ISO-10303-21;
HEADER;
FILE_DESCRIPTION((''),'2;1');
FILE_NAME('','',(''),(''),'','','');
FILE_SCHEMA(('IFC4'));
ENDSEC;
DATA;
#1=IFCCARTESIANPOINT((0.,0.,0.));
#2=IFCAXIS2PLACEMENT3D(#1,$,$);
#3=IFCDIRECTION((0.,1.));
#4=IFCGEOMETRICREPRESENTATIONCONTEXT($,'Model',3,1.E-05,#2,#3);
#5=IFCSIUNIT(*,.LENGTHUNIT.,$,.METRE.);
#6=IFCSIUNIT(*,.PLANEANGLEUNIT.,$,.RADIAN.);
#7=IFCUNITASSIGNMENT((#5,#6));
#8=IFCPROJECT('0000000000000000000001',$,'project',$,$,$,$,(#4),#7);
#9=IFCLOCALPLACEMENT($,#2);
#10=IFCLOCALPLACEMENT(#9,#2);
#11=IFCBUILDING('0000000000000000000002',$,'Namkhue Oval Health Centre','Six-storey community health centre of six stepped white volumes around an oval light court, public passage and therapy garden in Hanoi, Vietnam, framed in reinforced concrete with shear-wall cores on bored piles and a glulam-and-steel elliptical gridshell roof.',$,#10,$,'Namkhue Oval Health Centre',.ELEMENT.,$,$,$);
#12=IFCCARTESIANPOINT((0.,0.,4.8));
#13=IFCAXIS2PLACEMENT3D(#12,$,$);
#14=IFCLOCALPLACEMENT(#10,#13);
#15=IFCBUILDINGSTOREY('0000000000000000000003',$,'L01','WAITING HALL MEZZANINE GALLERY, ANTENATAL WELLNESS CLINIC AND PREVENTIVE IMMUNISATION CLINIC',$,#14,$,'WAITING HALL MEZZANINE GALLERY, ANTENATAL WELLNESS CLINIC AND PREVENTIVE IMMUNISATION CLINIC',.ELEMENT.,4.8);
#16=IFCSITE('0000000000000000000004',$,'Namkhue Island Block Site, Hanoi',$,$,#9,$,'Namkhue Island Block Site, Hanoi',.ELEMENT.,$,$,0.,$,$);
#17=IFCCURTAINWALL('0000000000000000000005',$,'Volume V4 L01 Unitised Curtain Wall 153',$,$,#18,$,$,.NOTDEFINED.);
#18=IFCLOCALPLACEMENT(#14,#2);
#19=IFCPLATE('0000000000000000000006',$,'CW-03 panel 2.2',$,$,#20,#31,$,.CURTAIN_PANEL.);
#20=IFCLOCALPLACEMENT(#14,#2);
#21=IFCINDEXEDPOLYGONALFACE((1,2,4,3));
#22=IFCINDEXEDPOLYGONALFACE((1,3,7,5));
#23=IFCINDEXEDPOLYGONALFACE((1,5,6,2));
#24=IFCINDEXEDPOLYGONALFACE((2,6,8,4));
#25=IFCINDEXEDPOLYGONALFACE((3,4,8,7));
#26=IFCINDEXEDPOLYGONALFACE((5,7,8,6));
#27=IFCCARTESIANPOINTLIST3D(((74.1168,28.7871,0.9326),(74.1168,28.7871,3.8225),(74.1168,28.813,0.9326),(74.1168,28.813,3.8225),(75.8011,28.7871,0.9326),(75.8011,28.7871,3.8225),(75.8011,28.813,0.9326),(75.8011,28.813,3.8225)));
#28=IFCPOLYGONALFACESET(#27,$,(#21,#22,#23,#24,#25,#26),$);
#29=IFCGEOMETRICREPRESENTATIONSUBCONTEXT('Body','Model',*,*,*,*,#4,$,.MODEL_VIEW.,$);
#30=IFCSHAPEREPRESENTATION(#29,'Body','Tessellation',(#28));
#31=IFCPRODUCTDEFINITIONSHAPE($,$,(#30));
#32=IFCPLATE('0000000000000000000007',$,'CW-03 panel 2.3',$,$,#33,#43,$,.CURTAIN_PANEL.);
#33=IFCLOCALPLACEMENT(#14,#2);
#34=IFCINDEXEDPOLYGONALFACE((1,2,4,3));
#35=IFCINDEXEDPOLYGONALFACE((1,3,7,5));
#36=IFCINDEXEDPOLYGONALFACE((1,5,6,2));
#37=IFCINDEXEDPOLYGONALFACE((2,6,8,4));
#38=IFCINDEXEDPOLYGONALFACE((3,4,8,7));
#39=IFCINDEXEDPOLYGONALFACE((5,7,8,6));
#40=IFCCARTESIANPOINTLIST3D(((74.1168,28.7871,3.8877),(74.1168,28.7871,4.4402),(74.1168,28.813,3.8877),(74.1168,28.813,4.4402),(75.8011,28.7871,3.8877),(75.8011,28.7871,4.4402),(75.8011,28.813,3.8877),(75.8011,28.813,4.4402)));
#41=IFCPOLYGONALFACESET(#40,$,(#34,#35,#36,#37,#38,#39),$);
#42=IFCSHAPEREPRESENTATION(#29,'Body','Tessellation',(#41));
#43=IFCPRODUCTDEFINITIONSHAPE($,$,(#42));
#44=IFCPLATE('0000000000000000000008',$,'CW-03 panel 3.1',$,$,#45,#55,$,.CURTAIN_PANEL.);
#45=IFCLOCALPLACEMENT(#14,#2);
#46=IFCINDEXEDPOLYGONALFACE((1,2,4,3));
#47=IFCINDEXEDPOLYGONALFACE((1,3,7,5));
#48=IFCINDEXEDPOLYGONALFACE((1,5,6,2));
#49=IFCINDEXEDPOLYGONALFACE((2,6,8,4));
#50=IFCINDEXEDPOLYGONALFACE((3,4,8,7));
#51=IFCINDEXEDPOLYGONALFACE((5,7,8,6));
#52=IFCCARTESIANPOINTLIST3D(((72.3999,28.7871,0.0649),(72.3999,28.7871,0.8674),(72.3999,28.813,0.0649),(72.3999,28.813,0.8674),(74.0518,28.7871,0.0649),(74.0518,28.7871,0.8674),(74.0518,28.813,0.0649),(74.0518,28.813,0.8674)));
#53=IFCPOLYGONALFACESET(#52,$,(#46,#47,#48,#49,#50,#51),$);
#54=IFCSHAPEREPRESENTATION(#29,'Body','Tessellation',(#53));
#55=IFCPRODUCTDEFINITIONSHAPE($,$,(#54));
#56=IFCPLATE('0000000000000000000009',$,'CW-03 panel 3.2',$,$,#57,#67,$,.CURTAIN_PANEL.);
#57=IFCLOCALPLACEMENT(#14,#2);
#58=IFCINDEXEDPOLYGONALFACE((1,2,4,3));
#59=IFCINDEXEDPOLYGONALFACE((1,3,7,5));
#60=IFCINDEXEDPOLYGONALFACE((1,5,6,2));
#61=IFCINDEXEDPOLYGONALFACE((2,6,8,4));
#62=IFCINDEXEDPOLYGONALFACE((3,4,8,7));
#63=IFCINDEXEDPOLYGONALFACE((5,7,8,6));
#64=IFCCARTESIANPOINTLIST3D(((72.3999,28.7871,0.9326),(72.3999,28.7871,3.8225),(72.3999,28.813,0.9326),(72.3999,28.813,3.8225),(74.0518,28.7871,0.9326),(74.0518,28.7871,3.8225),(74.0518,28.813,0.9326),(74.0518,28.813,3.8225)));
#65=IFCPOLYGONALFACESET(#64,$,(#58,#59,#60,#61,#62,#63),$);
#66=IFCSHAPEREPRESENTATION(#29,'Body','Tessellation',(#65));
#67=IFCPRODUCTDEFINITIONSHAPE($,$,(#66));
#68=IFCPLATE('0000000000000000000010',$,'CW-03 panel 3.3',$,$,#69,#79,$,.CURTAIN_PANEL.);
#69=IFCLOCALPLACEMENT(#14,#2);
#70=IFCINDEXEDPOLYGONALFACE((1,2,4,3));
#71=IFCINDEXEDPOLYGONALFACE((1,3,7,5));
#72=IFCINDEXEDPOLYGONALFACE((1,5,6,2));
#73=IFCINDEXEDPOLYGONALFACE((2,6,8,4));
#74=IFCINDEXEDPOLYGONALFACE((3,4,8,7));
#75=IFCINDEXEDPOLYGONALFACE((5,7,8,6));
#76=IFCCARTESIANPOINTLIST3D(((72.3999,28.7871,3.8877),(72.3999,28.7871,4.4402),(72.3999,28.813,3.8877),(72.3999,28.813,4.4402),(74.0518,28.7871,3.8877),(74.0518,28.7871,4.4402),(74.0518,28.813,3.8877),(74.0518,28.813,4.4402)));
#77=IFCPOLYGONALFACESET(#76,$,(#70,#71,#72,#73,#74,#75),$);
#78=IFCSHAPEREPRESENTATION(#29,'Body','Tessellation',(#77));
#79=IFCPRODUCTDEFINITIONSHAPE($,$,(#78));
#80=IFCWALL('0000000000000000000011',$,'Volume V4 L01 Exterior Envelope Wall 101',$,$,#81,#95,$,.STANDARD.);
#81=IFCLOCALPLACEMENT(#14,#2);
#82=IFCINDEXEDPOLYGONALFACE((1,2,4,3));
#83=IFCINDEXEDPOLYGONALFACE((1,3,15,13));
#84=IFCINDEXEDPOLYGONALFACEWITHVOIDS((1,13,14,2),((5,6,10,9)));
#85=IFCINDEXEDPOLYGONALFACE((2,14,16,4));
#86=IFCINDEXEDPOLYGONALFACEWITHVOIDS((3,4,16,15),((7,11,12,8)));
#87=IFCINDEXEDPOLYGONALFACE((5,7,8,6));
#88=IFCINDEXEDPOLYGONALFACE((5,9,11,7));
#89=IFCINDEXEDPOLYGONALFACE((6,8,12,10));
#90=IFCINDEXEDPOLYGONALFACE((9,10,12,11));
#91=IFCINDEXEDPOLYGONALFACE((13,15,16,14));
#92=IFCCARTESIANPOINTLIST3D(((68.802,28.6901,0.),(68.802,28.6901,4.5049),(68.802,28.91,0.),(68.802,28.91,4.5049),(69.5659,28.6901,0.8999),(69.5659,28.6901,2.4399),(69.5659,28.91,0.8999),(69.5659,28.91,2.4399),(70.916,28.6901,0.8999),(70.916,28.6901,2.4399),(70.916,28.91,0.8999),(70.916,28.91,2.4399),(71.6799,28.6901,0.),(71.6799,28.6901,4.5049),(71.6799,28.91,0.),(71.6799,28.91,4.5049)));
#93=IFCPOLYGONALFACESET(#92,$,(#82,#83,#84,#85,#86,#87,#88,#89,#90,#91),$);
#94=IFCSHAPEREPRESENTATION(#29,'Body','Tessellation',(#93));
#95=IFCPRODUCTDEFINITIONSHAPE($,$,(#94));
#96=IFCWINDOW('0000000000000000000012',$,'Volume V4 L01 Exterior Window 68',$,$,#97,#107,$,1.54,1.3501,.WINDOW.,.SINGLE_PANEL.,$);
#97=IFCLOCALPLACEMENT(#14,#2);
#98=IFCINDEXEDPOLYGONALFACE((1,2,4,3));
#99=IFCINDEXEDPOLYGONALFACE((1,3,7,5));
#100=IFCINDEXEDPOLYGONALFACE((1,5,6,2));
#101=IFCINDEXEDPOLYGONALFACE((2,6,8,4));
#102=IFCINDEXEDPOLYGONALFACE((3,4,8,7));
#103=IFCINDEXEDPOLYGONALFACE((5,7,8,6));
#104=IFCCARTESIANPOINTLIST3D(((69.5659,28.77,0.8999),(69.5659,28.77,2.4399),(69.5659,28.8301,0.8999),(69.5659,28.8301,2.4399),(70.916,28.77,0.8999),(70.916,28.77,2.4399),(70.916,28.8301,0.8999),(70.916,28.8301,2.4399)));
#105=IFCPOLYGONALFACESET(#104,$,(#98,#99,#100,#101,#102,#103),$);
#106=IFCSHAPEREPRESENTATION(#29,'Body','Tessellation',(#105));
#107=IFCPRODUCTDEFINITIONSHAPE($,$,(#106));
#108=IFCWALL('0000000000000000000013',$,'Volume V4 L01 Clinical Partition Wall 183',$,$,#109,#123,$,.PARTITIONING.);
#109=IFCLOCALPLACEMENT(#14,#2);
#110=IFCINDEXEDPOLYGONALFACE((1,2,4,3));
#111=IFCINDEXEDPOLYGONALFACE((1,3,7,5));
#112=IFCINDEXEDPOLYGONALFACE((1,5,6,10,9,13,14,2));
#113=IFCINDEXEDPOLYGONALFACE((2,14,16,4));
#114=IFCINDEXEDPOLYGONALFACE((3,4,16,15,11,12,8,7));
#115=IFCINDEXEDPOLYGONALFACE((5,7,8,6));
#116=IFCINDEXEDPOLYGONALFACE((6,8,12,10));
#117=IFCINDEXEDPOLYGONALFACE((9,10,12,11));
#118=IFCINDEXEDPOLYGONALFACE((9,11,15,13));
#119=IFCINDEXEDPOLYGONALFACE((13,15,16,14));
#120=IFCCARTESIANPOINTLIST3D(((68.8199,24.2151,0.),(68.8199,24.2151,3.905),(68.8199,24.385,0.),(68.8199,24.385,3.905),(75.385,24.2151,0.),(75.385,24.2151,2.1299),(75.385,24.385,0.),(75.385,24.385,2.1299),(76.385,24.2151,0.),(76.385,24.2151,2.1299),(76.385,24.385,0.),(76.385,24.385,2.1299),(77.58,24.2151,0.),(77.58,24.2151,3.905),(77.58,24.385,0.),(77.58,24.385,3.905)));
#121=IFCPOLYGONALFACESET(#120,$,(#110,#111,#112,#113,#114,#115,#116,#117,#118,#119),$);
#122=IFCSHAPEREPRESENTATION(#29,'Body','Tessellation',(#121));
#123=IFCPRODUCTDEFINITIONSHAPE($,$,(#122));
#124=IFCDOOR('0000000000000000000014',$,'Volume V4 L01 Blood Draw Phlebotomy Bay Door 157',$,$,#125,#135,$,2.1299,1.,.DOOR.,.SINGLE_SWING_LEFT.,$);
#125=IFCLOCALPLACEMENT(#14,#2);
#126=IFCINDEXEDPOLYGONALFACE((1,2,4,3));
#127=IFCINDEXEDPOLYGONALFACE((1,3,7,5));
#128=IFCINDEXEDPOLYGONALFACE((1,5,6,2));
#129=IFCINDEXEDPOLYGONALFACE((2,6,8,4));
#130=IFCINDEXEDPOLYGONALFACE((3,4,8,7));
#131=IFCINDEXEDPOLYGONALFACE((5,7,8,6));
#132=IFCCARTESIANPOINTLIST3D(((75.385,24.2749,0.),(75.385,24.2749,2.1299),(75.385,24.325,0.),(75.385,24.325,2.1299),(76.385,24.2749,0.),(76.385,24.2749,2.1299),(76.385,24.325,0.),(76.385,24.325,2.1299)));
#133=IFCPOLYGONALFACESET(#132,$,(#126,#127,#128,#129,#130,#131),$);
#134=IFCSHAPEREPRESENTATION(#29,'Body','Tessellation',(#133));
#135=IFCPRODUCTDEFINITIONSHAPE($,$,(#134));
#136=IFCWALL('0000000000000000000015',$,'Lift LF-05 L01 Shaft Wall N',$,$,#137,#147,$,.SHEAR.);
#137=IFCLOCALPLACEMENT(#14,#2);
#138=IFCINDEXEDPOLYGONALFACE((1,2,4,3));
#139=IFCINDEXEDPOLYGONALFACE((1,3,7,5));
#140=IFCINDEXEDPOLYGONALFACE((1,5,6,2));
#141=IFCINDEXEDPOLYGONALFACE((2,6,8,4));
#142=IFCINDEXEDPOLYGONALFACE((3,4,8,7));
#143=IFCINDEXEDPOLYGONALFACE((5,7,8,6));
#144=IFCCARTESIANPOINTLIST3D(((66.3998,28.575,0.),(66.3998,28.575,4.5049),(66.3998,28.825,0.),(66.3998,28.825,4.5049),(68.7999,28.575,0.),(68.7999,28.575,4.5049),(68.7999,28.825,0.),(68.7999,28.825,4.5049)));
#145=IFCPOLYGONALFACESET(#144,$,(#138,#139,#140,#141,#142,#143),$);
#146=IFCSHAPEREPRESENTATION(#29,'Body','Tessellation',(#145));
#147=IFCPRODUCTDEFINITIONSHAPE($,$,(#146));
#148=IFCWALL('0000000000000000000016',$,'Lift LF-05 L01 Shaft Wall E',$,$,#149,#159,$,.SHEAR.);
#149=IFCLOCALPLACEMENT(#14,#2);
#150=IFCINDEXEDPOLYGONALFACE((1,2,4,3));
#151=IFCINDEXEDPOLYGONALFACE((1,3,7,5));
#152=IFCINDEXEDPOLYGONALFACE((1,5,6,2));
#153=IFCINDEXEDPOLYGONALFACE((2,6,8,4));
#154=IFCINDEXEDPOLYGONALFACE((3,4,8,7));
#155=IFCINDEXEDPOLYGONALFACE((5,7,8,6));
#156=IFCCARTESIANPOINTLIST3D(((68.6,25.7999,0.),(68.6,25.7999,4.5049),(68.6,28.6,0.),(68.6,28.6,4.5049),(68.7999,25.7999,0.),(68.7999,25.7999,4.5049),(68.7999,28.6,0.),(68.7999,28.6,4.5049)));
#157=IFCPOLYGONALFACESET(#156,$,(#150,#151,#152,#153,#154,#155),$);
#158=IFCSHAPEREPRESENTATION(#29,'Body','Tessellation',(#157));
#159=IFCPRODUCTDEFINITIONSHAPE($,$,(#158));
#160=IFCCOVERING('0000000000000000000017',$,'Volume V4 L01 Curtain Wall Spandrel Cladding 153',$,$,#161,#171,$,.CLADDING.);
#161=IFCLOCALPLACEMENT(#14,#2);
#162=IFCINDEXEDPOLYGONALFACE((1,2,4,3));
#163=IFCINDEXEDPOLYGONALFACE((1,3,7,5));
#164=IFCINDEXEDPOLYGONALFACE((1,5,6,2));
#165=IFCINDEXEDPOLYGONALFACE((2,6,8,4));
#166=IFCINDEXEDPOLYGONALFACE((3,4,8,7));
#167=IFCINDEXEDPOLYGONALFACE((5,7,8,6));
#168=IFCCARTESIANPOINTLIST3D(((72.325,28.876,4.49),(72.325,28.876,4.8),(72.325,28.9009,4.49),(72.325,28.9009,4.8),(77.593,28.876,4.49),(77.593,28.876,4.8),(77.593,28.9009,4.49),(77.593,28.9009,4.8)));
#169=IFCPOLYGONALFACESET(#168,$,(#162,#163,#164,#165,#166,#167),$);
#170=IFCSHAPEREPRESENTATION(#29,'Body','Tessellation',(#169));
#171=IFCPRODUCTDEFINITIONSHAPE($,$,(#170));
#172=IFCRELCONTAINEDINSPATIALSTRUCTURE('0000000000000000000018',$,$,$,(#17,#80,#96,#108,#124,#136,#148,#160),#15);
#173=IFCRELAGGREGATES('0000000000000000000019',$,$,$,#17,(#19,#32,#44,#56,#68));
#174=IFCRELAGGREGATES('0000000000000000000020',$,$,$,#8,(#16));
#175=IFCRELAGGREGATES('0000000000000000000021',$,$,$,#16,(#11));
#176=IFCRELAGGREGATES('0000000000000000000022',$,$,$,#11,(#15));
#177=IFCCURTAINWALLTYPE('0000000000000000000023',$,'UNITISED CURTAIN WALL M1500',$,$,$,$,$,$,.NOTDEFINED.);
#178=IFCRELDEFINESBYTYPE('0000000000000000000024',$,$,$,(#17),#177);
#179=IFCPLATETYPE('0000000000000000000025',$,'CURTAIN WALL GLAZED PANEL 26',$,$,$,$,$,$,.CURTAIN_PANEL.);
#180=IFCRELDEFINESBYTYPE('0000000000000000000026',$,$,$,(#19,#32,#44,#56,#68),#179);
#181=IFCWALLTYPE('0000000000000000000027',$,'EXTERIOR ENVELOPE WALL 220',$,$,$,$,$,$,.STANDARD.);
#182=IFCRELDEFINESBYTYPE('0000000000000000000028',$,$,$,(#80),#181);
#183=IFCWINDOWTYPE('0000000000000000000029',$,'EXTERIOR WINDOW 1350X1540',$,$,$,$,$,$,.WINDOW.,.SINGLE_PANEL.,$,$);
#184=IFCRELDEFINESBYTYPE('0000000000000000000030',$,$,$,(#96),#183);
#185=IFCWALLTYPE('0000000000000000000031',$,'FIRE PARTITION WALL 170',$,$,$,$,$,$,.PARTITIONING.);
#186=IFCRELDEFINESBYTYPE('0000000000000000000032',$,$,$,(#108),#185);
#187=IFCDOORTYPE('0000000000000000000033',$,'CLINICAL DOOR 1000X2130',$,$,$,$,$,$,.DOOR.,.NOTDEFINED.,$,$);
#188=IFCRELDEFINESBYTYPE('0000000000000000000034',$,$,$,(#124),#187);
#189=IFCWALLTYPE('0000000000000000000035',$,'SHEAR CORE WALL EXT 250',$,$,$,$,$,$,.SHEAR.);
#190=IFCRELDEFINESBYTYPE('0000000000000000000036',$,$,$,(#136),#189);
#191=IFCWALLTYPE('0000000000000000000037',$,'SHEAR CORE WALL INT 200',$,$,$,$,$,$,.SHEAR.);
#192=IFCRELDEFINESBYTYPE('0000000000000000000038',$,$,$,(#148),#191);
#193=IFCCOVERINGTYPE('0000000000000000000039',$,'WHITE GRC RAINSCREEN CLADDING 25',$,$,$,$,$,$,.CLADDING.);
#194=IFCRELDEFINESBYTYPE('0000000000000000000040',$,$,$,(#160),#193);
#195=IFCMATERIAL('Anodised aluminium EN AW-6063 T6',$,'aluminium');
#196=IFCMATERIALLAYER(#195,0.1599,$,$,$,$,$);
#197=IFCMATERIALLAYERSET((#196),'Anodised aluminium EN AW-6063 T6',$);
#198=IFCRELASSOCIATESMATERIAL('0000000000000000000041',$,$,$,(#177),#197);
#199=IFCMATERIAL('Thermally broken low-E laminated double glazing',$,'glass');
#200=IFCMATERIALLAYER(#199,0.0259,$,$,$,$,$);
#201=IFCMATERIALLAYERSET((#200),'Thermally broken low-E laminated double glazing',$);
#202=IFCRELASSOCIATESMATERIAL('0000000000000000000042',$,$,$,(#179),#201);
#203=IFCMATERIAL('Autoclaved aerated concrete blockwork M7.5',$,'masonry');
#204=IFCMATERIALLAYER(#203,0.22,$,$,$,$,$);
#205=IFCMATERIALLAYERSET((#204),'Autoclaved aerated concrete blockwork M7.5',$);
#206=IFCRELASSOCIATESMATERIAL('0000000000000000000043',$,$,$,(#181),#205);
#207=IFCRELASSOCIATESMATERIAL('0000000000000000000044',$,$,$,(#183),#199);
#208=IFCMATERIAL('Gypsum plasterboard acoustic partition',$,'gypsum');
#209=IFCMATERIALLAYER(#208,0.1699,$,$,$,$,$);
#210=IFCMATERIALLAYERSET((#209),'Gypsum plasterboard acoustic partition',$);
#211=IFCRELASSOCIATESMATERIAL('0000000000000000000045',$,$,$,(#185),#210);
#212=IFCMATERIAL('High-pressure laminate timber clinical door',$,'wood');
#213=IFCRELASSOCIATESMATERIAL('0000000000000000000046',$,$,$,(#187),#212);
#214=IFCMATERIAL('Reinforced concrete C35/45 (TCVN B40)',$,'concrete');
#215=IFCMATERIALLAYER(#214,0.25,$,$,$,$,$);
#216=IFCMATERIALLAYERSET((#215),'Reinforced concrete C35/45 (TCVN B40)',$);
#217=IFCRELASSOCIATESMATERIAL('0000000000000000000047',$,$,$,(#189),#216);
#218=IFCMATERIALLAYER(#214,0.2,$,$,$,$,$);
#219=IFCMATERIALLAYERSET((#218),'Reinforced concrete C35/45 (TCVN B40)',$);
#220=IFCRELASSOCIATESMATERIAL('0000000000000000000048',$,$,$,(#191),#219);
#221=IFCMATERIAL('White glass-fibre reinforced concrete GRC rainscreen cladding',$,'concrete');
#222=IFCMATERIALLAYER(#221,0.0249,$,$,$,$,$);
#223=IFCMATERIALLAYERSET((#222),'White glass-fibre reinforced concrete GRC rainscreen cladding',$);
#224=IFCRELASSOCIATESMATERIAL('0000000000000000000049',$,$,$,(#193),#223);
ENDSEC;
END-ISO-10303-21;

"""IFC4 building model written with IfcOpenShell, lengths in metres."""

from ifc_helpers import new_model, si_unit, direction, frame, frame_2d, origin, origin_2d, place, context, subcontext, project, spatial, rectangle, extrude, material, layer, layer_set, type_object, element, fill, aggregate, save


model = new_model("IFC4")

# Units and contexts
model_context = context("Model", 3, precision=1e-05, world=origin(), true_north=direction((0.0, 1.0)))
body_context = subcontext(model_context, "Body", "Model", "MODEL_VIEW")
ifc_project = project(units=[si_unit("LENGTHUNIT", "METRE"), si_unit("PLANEANGLEUNIT", "RADIAN")], contexts=[model_context])

# Site, building, storey
site_placement = place(None, origin())
site = spatial("IfcSite", under=ifc_project, at=site_placement, Name="Namkhue Island Block Site, Hanoi", LongName="Namkhue Island Block Site, Hanoi", CompositionType="ELEMENT", RefElevation=0.0)
building_placement = place(site_placement, origin())
building = spatial("IfcBuilding", under=site, at=building_placement, Name="Namkhue Oval Health Centre", Description="Six-storey community health centre of six stepped white volumes around an oval light court, public passage and therapy garden in Hanoi, Vietnam, framed in reinforced concrete with shear-wall cores on bored piles and a glulam-and-steel elliptical gridshell roof.", LongName="Namkhue Oval Health Centre", CompositionType="ELEMENT")
storey_placement = place(building_placement, frame((0.0, 0.0, 4.8)))
storey = spatial("IfcBuildingStorey", under=building, at=storey_placement, Name="L01", Description="WAITING HALL MEZZANINE GALLERY, ANTENATAL WELLNESS CLINIC AND PREVENTIVE IMMUNISATION CLINIC", LongName="WAITING HALL MEZZANINE GALLERY, ANTENATAL WELLNESS CLINIC AND PREVENTIVE IMMUNISATION CLINIC", CompositionType="ELEMENT", Elevation=4.8)

# Shared definitions
ifc_material_1 = material(Name="Reinforced concrete C35/45 (TCVN B40)", Category="concrete")

# Curtain wall
ifc_material_2 = material(Name="Anodised aluminium EN AW-6063 T6", Category="aluminium")
ifc_layer_1 = layer(ifc_material_2, 0.1599)
ifc_layer_set_1 = layer_set([ifc_layer_1], Name="Anodised aluminium EN AW-6063 T6")
curtain_wall_type = type_object("IfcCurtainWallType", Name="UNITISED CURTAIN WALL M1500", PredefinedType="NOTDEFINED", material=ifc_layer_set_1)
curtain_wall_placement = place(storey_placement, origin())
curtain_wall = element("IfcCurtainWall", 1, at=curtain_wall_placement, inside=storey, type_object=curtain_wall_type, Name="Volume V4 L01 Unitised Curtain Wall 153", PredefinedType="NOTDEFINED")

# Plates
ifc_material_3 = material(Name="Thermally broken low-E laminated double glazing", Category="glass")
ifc_layer_2 = layer(ifc_material_3, 0.0259)
ifc_layer_set_2 = layer_set([ifc_layer_2], Name="Thermally broken low-E laminated double glazing")
plate_type = type_object("IfcPlateType", Name="CURTAIN WALL GLAZED PANEL 26", PredefinedType="CURTAIN_PANEL", material=ifc_layer_set_2)
plate_1_placement = place(storey_placement, frame((74.959, 28.8, 0.9326), z_axis=(0.0, 0.0, 1.0), x_axis=(-1.0, 0.0, 0.0)))
plate_1 = element("IfcPlate", 2, at=plate_1_placement, type_object=plate_type, Name="CW-03 panel 2.2", PredefinedType="CURTAIN_PANEL", context=body_context, shape_type="SweptSolid", body=[
    extrude(rectangle(XDim=1.6843, YDim=0.0259, at=origin_2d()), origin(), (0.0, 0.0, 1.0), 2.8899),
])
plate_2_placement = place(storey_placement, frame((74.959, 28.8, 3.8877), z_axis=(0.0, 0.0, 1.0), x_axis=(-1.0, 0.0, 0.0)))
plate_2 = element("IfcPlate", 3, at=plate_2_placement, type_object=plate_type, Name="CW-03 panel 2.3", PredefinedType="CURTAIN_PANEL", context=body_context, shape_type="SweptSolid", body=[
    extrude(rectangle(XDim=1.6843, YDim=0.0259, at=origin_2d()), origin(), (0.0, 0.0, 1.0), 0.5525),
])
plate_3_placement = place(storey_placement, frame((73.2258, 28.8, 0.0649), z_axis=(0.0, 0.0, 1.0), x_axis=(-1.0, 0.0, 0.0)))
plate_3 = element("IfcPlate", 4, at=plate_3_placement, type_object=plate_type, Name="CW-03 panel 3.1", PredefinedType="CURTAIN_PANEL", context=body_context, shape_type="SweptSolid", body=[
    extrude(rectangle(XDim=1.6519, YDim=0.0259, at=origin_2d()), origin(), (0.0, 0.0, 1.0), 0.8025),
])
plate_4_placement = place(storey_placement, frame((73.2258, 28.8, 0.9326), z_axis=(0.0, 0.0, 1.0), x_axis=(-1.0, 0.0, 0.0)))
plate_4 = element("IfcPlate", 5, at=plate_4_placement, type_object=plate_type, Name="CW-03 panel 3.2", PredefinedType="CURTAIN_PANEL", context=body_context, shape_type="SweptSolid", body=[
    extrude(rectangle(XDim=1.6519, YDim=0.0259, at=origin_2d()), origin(), (0.0, 0.0, 1.0), 2.8899),
])
plate_5_placement = place(storey_placement, frame((73.2258, 28.8, 3.8877), z_axis=(0.0, 0.0, 1.0), x_axis=(-1.0, 0.0, 0.0)))
plate_5 = element("IfcPlate", 6, at=plate_5_placement, type_object=plate_type, Name="CW-03 panel 3.3", PredefinedType="CURTAIN_PANEL", context=body_context, shape_type="SweptSolid", body=[
    extrude(rectangle(XDim=1.6519, YDim=0.0259, at=origin_2d()), origin(), (0.0, 0.0, 1.0), 0.5525),
])
aggregate(curtain_wall, [plate_1, plate_2, plate_3, plate_4, plate_5])

# Wall, opening, window
ifc_material_4 = material(Name="Autoclaved aerated concrete blockwork M7.5", Category="masonry")
ifc_layer_3 = layer(ifc_material_4, 0.22)
ifc_layer_set_3 = layer_set([ifc_layer_3], Name="Autoclaved aerated concrete blockwork M7.5")
wall_type_1 = type_object("IfcWallType", Name="EXTERIOR ENVELOPE WALL 220", PredefinedType="STANDARD", material=ifc_layer_set_3)
wall_1_placement = place(storey_placement, frame((71.6799, 28.8, 0.0), z_axis=(0.0, 0.0, 1.0), x_axis=(-1.0, 0.0, 0.0)))
wall_1 = element("IfcWall", 7, at=wall_1_placement, inside=storey, type_object=wall_type_1, Name="Volume V4 L01 Exterior Envelope Wall 101", PredefinedType="STANDARD", context=body_context, shape_type="SweptSolid", body=[
    extrude(rectangle(XDim=2.8779, YDim=0.22, at=frame_2d((1.439, 0.0))), origin(), (0.0, 0.0, 1.0), 4.5049),
])
opening_1_placement = place(wall_1_placement, frame((0.7639, 0.0, 0.8999)))
opening_1 = element("IfcOpeningElement", 8, at=opening_1_placement, cuts=wall_1, PredefinedType="OPENING", context=body_context, shape_type="SweptSolid", body=[
    extrude(rectangle(XDim=1.3501, YDim=1.54, at=frame_2d((0.675, 0.77))), frame((0.0, 0.1199, 0.0), z_axis=(0.0, -1.0, 0.0), x_axis=(1.0, 0.0, 0.0)), (0.0, 0.0, 1.0), 0.24),
])
window_type = type_object("IfcWindowType", Name="EXTERIOR WINDOW 1350X1540", PartitioningType="SINGLE_PANEL", PredefinedType="WINDOW", material=ifc_material_3)
window_placement = place(opening_1_placement, origin())
window = element("IfcWindow", 9, at=window_placement, inside=storey, type_object=window_type, Name="Volume V4 L01 Exterior Window 68", OverallHeight=1.54, OverallWidth=1.3501, PartitioningType="SINGLE_PANEL", PredefinedType="WINDOW", context=body_context, shape_type="SweptSolid", body=[
    extrude(rectangle(XDim=1.3501, YDim=1.54, at=frame_2d((0.675, 0.77))), frame((0.0, 0.03, 0.0), z_axis=(0.0, -1.0, 0.0), x_axis=(1.0, 0.0, 0.0)), (0.0, 0.0, 1.0), 0.0601),
])
fill(opening_1, window)

# Wall, opening, door
ifc_material_5 = material(Name="Gypsum plasterboard acoustic partition", Category="gypsum")
ifc_layer_4 = layer(ifc_material_5, 0.1699)
ifc_layer_set_4 = layer_set([ifc_layer_4], Name="Gypsum plasterboard acoustic partition")
wall_type_2 = type_object("IfcWallType", Name="FIRE PARTITION WALL 170", PredefinedType="PARTITIONING", material=ifc_layer_set_4)
wall_2_placement = place(storey_placement, frame((68.8201, 24.3, 0.0), z_axis=(0.0, 0.0, 1.0), x_axis=(1.0, 0.0, 0.0)))
wall_2 = element("IfcWall", 10, at=wall_2_placement, inside=storey, type_object=wall_type_2, Name="Volume V4 L01 Clinical Partition Wall 183", PredefinedType="PARTITIONING", context=body_context, shape_type="SweptSolid", body=[
    extrude(rectangle(XDim=8.76, YDim=0.1699, at=frame_2d((4.3799, 0.0))), origin(), (0.0, 0.0, 1.0), 3.905),
])
opening_2_placement = place(wall_2_placement, frame((6.5649, 0.0, 0.0)))
opening_2 = element("IfcOpeningElement", 11, at=opening_2_placement, cuts=wall_2, PredefinedType="OPENING", context=body_context, shape_type="SweptSolid", body=[
    extrude(rectangle(XDim=1.0, YDim=2.1299, at=frame_2d((0.5, 1.0649))), frame((0.0, 0.095, 0.0), z_axis=(0.0, -1.0, 0.0), x_axis=(1.0, 0.0, 0.0)), (0.0, 0.0, 1.0), 0.1899),
])
ifc_material_6 = material(Name="High-pressure laminate timber clinical door", Category="wood")
door_type = type_object("IfcDoorType", Name="CLINICAL DOOR 1000X2130", OperationType="NOTDEFINED", PredefinedType="DOOR", material=ifc_material_6)
door_placement = place(opening_2_placement, origin())
door = element("IfcDoor", 12, at=door_placement, inside=storey, type_object=door_type, Name="Volume V4 L01 Blood Draw Phlebotomy Bay Door 157", OperationType="SINGLE_SWING_LEFT", OverallHeight=2.1299, OverallWidth=1.0, PredefinedType="DOOR", context=body_context, shape_type="SweptSolid", body=[
    extrude(rectangle(XDim=1.0, YDim=2.1299, at=frame_2d((0.5, 1.0649))), frame((0.0, 0.0249, 0.0), z_axis=(0.0, -1.0, 0.0), x_axis=(1.0, 0.0, 0.0)), (0.0, 0.0, 1.0), 0.05),
])
fill(opening_2, door)

# Walls
ifc_layer_5 = layer(ifc_material_1, 0.25)
ifc_layer_set_5 = layer_set([ifc_layer_5], Name="Reinforced concrete C35/45 (TCVN B40)")
wall_type_3 = type_object("IfcWallType", Name="SHEAR CORE WALL EXT 250", PredefinedType="SHEAR", material=ifc_layer_set_5)
wall_3_placement = place(storey_placement, frame((68.8, 28.7, 0.0), z_axis=(0.0, 0.0, 1.0), x_axis=(-1.0, 0.0, 0.0)))
element("IfcWall", 13, at=wall_3_placement, inside=storey, type_object=wall_type_3, Name="Lift LF-05 L01 Shaft Wall N", PredefinedType="SHEAR", context=body_context, shape_type="SweptSolid", body=[
    extrude(rectangle(XDim=2.4001, YDim=0.25, at=frame_2d((1.2002, 0.0))), origin(), (0.0, 0.0, 1.0), 4.5049),
])
ifc_layer_6 = layer(ifc_material_1, 0.2)
ifc_layer_set_6 = layer_set([ifc_layer_6], Name="Reinforced concrete C35/45 (TCVN B40)")
wall_type_4 = type_object("IfcWallType", Name="SHEAR CORE WALL INT 200", PredefinedType="SHEAR", material=ifc_layer_set_6)
wall_4_placement = place(storey_placement, frame((68.7, 25.8, 0.0), z_axis=(0.0, 0.0, 1.0), x_axis=(0.0, 1.0, 0.0)))
element("IfcWall", 14, at=wall_4_placement, inside=storey, type_object=wall_type_4, Name="Lift LF-05 L01 Shaft Wall E", PredefinedType="SHEAR", context=body_context, shape_type="SweptSolid", body=[
    extrude(rectangle(XDim=2.8, YDim=0.2, at=frame_2d((1.3999, 0.0))), origin(), (0.0, 0.0, 1.0), 4.5049),
])

# Covering
ifc_material_7 = material(Name="White glass-fibre reinforced concrete GRC rainscreen cladding", Category="concrete")
ifc_layer_7 = layer(ifc_material_7, 0.0249)
ifc_layer_set_7 = layer_set([ifc_layer_7], Name="White glass-fibre reinforced concrete GRC rainscreen cladding")
covering_type = type_object("IfcCoveringType", Name="WHITE GRC RAINSCREEN CLADDING 25", PredefinedType="CLADDING", material=ifc_layer_set_7)
covering_1_placement = place(storey_placement, frame((74.959, 28.8884, 4.49), z_axis=(0.0, 0.0, 1.0), x_axis=(-1.0, 0.0, 0.0)))
element("IfcCovering", 15, at=covering_1_placement, inside=storey, type_object=covering_type, Name="Volume V4 L01 Curtain Wall Spandrel Cladding 153", PredefinedType="CLADDING", context=body_context, shape_type="SweptSolid", body=[
    extrude(rectangle(XDim=5.2681, YDim=0.0249, at=origin_2d()), origin(), (0.0, 0.0, 1.0), 0.3101),
])

save(model, "model.ifc")
